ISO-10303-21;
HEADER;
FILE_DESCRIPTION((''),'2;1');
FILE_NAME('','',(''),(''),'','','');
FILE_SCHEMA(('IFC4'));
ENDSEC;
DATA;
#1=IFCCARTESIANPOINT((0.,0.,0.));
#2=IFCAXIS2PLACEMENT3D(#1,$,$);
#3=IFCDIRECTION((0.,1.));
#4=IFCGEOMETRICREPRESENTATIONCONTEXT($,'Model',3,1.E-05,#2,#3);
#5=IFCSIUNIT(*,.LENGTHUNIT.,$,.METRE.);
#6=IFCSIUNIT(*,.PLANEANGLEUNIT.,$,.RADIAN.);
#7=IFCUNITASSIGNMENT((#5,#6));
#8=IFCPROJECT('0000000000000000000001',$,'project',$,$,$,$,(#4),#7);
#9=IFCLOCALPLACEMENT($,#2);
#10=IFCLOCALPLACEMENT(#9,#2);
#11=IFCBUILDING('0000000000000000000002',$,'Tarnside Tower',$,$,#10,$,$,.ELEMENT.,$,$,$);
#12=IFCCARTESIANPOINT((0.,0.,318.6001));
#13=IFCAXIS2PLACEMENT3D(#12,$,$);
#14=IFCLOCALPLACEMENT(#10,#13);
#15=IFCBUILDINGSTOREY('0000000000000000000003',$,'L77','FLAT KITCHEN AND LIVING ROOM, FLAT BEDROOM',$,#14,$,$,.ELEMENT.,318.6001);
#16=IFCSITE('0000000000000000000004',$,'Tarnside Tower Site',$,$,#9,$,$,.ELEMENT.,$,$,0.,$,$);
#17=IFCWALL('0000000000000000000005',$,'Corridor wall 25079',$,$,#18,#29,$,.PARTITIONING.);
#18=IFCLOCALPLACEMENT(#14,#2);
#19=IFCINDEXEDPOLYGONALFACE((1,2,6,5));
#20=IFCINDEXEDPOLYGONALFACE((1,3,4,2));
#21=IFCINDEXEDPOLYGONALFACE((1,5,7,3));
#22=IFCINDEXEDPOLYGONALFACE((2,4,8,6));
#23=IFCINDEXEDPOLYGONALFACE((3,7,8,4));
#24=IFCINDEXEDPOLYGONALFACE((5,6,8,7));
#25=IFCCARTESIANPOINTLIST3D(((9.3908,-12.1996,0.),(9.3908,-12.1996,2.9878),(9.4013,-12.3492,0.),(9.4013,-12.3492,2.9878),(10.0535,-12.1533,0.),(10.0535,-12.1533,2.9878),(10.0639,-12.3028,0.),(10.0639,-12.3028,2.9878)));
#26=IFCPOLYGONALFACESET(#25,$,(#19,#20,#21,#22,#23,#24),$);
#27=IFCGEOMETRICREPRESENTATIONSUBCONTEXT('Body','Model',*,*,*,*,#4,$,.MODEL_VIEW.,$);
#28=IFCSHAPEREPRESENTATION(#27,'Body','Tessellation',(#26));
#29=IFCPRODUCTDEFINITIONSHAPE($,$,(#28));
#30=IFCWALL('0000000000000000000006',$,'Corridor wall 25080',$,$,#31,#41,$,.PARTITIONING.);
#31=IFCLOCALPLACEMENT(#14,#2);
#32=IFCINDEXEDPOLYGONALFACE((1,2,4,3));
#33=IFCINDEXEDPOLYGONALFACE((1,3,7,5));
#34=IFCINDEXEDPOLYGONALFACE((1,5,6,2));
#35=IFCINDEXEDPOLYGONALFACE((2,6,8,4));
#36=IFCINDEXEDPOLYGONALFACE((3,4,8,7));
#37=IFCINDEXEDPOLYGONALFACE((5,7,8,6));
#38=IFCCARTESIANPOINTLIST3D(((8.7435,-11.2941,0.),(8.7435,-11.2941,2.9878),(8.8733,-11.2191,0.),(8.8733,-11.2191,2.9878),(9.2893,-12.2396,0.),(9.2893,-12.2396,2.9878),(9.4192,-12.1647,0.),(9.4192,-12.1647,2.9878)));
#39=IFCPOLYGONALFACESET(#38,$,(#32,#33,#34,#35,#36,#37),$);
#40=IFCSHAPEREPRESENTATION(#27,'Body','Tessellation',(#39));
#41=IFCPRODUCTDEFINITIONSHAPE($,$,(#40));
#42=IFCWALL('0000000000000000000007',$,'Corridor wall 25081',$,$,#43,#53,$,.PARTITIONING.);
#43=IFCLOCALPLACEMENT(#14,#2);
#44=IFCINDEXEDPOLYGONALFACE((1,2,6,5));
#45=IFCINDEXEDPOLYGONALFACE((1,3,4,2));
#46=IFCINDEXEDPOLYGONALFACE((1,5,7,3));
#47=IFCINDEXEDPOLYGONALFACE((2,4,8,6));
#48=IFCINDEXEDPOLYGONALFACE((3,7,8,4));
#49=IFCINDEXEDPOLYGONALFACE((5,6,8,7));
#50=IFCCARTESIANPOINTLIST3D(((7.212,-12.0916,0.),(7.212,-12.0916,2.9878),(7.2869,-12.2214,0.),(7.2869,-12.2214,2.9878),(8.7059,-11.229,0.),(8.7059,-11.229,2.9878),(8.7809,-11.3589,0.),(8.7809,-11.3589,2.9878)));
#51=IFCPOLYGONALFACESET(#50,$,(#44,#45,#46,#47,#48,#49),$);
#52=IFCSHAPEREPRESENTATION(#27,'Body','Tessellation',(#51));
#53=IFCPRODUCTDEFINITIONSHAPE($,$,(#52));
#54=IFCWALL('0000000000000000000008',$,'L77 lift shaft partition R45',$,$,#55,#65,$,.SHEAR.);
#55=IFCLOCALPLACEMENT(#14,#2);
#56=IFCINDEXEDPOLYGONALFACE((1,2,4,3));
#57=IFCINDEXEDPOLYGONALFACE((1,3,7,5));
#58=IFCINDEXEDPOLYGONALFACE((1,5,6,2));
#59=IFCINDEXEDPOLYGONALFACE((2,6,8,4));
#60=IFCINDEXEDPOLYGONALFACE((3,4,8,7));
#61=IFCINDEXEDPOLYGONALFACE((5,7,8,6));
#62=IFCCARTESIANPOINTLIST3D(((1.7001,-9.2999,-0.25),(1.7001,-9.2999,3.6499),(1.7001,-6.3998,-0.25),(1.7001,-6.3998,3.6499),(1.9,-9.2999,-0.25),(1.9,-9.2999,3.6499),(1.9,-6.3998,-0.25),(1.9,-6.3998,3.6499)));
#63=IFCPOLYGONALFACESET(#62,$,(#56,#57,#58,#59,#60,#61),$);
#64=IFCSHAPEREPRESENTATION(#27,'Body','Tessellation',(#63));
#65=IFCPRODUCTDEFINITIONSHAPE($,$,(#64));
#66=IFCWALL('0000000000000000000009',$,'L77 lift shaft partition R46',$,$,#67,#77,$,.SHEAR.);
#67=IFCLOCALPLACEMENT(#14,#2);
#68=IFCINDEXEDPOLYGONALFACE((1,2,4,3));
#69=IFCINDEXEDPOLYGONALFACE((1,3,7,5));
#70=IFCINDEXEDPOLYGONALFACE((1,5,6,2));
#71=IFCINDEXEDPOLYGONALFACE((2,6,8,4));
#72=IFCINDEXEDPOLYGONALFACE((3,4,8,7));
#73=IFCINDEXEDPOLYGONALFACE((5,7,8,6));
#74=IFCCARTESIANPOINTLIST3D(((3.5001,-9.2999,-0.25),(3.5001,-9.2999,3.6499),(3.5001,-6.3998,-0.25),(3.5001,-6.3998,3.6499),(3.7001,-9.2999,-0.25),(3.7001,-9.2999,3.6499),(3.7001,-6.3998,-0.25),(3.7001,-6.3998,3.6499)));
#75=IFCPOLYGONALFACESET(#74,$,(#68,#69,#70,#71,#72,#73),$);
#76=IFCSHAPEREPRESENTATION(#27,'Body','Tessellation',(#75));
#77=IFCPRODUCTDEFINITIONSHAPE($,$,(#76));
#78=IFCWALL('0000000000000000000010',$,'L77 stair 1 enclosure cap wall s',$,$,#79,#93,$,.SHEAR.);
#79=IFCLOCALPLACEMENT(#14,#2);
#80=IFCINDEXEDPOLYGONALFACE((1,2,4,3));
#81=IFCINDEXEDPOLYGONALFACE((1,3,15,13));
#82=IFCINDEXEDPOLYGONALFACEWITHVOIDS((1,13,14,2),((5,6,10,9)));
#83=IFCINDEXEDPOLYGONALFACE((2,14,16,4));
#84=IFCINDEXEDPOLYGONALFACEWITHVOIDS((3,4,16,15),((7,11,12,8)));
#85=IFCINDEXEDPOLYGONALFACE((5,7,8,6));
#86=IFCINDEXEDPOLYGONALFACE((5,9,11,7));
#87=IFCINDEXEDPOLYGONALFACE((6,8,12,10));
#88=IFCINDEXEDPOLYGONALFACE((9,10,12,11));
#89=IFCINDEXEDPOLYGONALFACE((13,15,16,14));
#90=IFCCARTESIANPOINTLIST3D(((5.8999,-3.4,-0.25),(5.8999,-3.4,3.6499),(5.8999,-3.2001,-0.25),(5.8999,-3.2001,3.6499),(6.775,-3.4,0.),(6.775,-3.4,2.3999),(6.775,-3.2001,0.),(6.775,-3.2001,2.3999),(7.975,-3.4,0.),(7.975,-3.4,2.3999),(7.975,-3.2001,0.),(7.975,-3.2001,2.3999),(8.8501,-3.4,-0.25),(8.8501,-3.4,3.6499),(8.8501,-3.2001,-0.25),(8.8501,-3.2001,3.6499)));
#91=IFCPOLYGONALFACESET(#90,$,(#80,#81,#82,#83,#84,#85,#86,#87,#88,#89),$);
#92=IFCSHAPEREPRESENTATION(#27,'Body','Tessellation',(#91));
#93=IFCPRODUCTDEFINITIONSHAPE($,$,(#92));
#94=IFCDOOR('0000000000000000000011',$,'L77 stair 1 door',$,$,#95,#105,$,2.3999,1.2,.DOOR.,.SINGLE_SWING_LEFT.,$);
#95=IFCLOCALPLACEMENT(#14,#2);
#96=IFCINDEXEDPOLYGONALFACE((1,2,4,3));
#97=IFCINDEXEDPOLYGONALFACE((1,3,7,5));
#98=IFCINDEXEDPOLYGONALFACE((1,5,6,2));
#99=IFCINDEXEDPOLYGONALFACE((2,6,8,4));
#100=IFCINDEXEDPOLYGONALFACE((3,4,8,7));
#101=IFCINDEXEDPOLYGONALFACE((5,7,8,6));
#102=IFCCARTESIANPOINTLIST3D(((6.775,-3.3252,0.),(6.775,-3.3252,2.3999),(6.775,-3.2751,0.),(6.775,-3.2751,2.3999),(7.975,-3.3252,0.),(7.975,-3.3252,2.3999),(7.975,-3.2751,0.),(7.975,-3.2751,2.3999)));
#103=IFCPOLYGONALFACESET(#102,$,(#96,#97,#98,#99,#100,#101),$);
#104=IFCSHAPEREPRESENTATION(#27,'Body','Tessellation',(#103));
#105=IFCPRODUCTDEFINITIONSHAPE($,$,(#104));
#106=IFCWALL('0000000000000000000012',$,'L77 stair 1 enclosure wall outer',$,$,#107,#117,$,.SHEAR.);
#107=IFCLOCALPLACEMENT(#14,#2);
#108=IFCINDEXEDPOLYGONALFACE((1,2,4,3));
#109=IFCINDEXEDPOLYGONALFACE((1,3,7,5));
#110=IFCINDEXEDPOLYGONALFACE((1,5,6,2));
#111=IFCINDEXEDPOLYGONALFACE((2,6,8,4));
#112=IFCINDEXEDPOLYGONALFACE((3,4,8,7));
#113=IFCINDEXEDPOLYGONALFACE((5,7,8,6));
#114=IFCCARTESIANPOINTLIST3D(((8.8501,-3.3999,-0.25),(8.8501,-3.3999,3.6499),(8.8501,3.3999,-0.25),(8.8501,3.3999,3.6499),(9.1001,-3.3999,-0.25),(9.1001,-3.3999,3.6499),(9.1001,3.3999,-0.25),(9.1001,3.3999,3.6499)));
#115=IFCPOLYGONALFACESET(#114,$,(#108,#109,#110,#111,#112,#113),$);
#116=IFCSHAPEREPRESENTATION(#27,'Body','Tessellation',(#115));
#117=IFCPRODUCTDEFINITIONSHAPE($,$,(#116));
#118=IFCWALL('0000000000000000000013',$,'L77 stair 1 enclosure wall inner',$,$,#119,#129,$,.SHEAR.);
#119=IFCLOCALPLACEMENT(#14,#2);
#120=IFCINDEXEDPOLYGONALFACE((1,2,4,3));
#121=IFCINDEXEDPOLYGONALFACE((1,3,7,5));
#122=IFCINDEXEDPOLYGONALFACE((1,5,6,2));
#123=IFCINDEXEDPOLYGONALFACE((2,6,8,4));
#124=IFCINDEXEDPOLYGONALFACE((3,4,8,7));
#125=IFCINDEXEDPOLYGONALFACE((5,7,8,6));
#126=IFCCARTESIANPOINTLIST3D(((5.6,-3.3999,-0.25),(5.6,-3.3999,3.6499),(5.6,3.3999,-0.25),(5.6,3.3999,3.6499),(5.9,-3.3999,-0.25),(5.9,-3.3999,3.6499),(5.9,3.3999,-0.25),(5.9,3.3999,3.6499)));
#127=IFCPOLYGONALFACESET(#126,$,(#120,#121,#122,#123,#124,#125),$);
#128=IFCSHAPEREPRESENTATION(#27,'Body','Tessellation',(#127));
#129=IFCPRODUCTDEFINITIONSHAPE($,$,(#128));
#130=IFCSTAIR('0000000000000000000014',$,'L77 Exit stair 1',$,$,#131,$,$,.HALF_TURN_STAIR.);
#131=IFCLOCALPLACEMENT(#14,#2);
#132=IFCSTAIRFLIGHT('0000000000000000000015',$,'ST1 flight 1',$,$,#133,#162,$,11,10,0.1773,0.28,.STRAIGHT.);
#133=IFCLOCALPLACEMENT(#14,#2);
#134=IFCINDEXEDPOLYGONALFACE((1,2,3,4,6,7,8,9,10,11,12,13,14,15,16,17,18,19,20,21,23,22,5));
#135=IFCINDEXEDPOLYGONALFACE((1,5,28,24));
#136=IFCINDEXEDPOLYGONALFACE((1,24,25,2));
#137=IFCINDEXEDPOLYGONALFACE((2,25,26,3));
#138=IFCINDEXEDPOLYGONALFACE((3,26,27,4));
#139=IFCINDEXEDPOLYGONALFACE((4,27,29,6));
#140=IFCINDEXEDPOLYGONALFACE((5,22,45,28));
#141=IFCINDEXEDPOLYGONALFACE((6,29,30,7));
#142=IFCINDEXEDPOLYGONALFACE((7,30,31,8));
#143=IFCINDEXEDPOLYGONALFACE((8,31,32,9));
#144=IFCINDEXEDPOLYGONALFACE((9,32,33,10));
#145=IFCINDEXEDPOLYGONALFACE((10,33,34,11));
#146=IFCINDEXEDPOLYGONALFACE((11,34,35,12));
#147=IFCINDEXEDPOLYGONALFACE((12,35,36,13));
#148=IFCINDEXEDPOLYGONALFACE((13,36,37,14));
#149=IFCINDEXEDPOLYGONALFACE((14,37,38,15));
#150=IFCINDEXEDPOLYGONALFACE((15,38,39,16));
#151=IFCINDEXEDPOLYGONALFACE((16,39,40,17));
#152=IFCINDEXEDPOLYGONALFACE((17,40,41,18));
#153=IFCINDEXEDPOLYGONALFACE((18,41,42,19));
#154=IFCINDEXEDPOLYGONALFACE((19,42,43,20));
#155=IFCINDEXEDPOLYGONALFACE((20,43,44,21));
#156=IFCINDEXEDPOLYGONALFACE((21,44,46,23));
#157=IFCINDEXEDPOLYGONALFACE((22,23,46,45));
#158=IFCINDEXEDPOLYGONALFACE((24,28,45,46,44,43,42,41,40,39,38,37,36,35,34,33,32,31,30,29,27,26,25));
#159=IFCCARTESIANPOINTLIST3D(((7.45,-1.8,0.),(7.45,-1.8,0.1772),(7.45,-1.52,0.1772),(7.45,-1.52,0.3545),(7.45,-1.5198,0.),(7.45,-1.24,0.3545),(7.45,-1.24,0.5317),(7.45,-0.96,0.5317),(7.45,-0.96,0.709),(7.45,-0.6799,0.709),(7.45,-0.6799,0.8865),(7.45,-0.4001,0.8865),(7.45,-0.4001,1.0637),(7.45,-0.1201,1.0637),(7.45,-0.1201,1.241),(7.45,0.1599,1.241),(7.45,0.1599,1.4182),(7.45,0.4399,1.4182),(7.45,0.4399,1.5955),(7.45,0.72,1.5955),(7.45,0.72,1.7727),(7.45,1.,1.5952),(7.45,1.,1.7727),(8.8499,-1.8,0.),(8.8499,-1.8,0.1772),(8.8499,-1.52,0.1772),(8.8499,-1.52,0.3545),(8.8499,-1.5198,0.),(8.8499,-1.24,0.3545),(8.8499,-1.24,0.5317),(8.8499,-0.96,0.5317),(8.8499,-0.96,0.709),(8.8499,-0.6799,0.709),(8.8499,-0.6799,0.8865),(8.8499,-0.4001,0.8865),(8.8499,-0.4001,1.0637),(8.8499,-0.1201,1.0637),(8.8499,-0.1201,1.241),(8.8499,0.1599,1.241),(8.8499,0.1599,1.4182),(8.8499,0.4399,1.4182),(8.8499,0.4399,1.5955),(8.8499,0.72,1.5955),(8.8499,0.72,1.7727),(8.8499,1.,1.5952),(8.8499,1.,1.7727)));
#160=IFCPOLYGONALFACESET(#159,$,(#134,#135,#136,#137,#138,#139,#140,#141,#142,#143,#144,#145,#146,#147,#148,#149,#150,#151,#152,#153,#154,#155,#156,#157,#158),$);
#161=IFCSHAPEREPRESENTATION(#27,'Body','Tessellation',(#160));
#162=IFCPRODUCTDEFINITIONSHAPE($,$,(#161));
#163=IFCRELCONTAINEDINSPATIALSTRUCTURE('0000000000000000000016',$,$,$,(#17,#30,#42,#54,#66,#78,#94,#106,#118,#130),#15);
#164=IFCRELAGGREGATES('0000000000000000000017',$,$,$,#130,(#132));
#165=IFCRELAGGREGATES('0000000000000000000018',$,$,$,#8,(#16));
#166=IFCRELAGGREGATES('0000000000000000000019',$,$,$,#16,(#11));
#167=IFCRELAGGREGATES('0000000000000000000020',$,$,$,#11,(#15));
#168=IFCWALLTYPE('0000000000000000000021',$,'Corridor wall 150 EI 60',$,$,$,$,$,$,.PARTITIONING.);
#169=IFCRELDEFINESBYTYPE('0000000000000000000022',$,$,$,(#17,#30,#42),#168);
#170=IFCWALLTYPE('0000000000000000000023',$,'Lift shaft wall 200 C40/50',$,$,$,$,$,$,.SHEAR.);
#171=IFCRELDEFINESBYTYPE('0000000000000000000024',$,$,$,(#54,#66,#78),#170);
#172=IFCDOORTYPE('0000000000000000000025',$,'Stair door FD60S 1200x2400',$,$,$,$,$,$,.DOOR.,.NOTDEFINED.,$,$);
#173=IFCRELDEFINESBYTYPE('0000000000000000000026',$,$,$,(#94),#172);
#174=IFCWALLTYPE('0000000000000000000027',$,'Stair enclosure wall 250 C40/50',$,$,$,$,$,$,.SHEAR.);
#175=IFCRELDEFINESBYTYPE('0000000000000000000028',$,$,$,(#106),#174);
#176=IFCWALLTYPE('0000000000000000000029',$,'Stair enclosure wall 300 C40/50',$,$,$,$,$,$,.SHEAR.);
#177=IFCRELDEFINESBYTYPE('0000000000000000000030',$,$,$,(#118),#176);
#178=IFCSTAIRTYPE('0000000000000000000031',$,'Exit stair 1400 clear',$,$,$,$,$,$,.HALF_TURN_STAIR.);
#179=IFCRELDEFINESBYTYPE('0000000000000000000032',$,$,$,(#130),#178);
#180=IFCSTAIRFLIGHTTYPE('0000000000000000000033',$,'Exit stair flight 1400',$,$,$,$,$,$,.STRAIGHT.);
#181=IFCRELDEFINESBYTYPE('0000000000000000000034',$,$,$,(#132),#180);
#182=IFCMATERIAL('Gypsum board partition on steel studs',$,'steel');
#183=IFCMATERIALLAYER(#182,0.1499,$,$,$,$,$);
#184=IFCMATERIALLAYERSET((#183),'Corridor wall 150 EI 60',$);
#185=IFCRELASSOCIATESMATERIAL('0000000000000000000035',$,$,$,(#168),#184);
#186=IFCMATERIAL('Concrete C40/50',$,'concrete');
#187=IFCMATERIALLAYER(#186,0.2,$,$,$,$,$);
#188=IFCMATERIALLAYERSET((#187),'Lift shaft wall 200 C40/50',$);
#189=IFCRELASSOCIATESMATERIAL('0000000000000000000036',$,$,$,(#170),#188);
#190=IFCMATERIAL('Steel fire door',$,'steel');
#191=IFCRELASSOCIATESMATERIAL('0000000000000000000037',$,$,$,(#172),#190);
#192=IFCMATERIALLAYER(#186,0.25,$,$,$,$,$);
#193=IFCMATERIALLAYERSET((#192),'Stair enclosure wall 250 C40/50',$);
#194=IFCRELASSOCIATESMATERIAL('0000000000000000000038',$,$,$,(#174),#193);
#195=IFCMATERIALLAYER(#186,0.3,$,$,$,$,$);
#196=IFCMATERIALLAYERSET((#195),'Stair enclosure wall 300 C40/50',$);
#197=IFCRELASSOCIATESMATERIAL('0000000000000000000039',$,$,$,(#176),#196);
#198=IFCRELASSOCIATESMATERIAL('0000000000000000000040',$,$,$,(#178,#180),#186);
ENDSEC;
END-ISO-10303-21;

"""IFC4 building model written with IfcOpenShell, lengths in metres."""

from ifc_helpers import new_model, si_unit, direction, frame, frame_2d, origin, place, context, subcontext, project, spatial, polyline, rectangle, outline, extrude, material, layer, layer_set, type_object, element, fill, aggregate, save


model = new_model("IFC4")

# Units and contexts
model_context = context("Model", 3, precision=1e-05, world=origin(), true_north=direction((0.0, 1.0)))
body_context = subcontext(model_context, "Body", "Model", "MODEL_VIEW")
ifc_project = project(units=[si_unit("LENGTHUNIT", "METRE"), si_unit("PLANEANGLEUNIT", "RADIAN")], contexts=[model_context])

# Site, building, storey
site_placement = place(None, origin())
site = spatial("IfcSite", under=ifc_project, at=site_placement, Name="Tarnside Tower Site", CompositionType="ELEMENT", RefElevation=0.0)
building_placement = place(site_placement, origin())
building = spatial("IfcBuilding", under=site, at=building_placement, Name="Tarnside Tower", CompositionType="ELEMENT")
storey_placement = place(building_placement, frame((0.0, 0.0, 318.6001)))
storey = spatial("IfcBuildingStorey", under=building, at=storey_placement, Name="L77", Description="FLAT KITCHEN AND LIVING ROOM, FLAT BEDROOM", CompositionType="ELEMENT", Elevation=318.6001)

# Shared definitions
ifc_material_1 = material(Name="Concrete C40/50", Category="concrete")
ifc_material_2 = material(Name="Steel fire door", Category="steel")

# Walls
ifc_material_3 = material(Name="Gypsum board partition on steel studs", Category="steel")
ifc_layer_1 = layer(ifc_material_3, 0.1499)
ifc_layer_set_1 = layer_set([ifc_layer_1], Name="Corridor wall 150 EI 60")
wall_type_1 = type_object("IfcWallType", Name="Corridor wall 150 EI 60", PredefinedType="PARTITIONING", material=ifc_layer_set_1)
wall_1_placement = place(storey_placement, frame((10.0586, -12.228, 0.0), z_axis=(0.0, 0.0, 1.0), x_axis=(-0.997558, -0.069836, 0.0)))
element("IfcWall", 1, at=wall_1_placement, inside=storey, type_object=wall_type_1, Name="Corridor wall 25079", PredefinedType="PARTITIONING", context=body_context, shape_type="SweptSolid", body=[
    extrude(rectangle(XDim=0.6643, YDim=0.1499, at=frame_2d((0.332, 0.0))), origin(), (0.0, 0.0, 1.0), 2.9878),
])
wall_2_placement = place(storey_placement, frame((9.3542, -12.2021, 0.0), z_axis=(0.0, 0.0, 1.0), x_axis=(-0.499987, 0.866033, 0.0)))
element("IfcWall", 2, at=wall_2_placement, inside=storey, type_object=wall_type_1, Name="Corridor wall 25080", PredefinedType="PARTITIONING", context=body_context, shape_type="SweptSolid", body=[
    extrude(rectangle(XDim=1.0918, YDim=0.1499, at=frame_2d((0.5459, 0.0))), origin(), (0.0, 0.0, 1.0), 2.9878),
])
wall_3_placement = place(storey_placement, frame((8.7434, -11.2939, 0.0), z_axis=(0.0, 0.0, 1.0), x_axis=(-0.866014, -0.500021, 0.0)))
element("IfcWall", 3, at=wall_3_placement, inside=storey, type_object=wall_type_1, Name="Corridor wall 25081", PredefinedType="PARTITIONING", context=body_context, shape_type="SweptSolid", body=[
    extrude(rectangle(XDim=1.7251, YDim=0.1499, at=frame_2d((0.8625, 0.0))), origin(), (0.0, 0.0, 1.0), 2.9878),
])
ifc_layer_2 = layer(ifc_material_1, 0.2)
ifc_layer_set_2 = layer_set([ifc_layer_2], Name="Lift shaft wall 200 C40/50")
wall_type_2 = type_object("IfcWallType", Name="Lift shaft wall 200 C40/50", PredefinedType="SHEAR", material=ifc_layer_set_2)
for number, where, z_axis, x_axis, name in (
    (4, (1.8, -9.3, -0.25), (0.0, 0.0, 1.0), (0.0, 1.0, 0.0), "L77 lift shaft partition R45"),
    (5, (3.6001, -9.3, -0.25), (0.0, 0.0, 1.0), (0.0, 1.0, 0.0), "L77 lift shaft partition R46"),
):
    element("IfcWall", number, at=place(storey_placement, frame(where, z_axis=z_axis, x_axis=x_axis)), inside=storey, type_object=wall_type_2, Name=name, PredefinedType="SHEAR", context=body_context, shape_type="SweptSolid", body=[
        extrude(rectangle(XDim=2.9001, YDim=0.2, at=frame_2d((1.4502, 0.0))), origin(), (0.0, 0.0, 1.0), 3.8999),
    ])

# Wall, opening, door
wall_4_placement = place(storey_placement, frame((5.8999, -3.3, -0.25), z_axis=(0.0, 0.0, 1.0), x_axis=(1.0, 0.0, 0.0)))
wall_4 = element("IfcWall", 6, at=wall_4_placement, inside=storey, type_object=wall_type_2, Name="L77 stair 1 enclosure cap wall s", PredefinedType="SHEAR", context=body_context, shape_type="SweptSolid", body=[
    extrude(rectangle(XDim=2.9502, YDim=0.2, at=frame_2d((1.4751, 0.0))), origin(), (0.0, 0.0, 1.0), 3.8999),
])
opening_1_placement = place(wall_4_placement, frame((0.875, 0.0, 0.25)))
opening_1 = element("IfcOpeningElement", 7, at=opening_1_placement, cuts=wall_4, PredefinedType="OPENING", context=body_context, shape_type="SweptSolid", body=[
    extrude(rectangle(XDim=1.2, YDim=2.3999, at=frame_2d((0.6001, 1.2))), frame((0.0, 0.1099, 0.0), z_axis=(0.0, -1.0, 0.0), x_axis=(1.0, 0.0, 0.0)), (0.0, 0.0, 1.0), 0.22),
])
door_type_1 = type_object("IfcDoorType", Name="Stair door FD60S 1200x2400", OperationType="NOTDEFINED", PredefinedType="DOOR", material=ifc_material_2)
door_1_placement = place(opening_1_placement, origin())
door_1 = element("IfcDoor", 8, at=door_1_placement, inside=storey, type_object=door_type_1, Name="L77 stair 1 door", OperationType="SINGLE_SWING_LEFT", OverallHeight=2.3999, OverallWidth=1.2, PredefinedType="DOOR", context=body_context, shape_type="SweptSolid", body=[
    extrude(rectangle(XDim=1.2, YDim=2.3999, at=frame_2d((0.6001, 1.2))), frame((0.0, 0.0249, 0.0), z_axis=(0.0, -1.0, 0.0), x_axis=(1.0, 0.0, 0.0)), (0.0, 0.0, 1.0), 0.05),
])
fill(opening_1, door_1)

# Walls
ifc_layer_3 = layer(ifc_material_1, 0.25)
ifc_layer_set_3 = layer_set([ifc_layer_3], Name="Stair enclosure wall 250 C40/50")
wall_type_3 = type_object("IfcWallType", Name="Stair enclosure wall 250 C40/50", PredefinedType="SHEAR", material=ifc_layer_set_3)
wall_5_placement = place(storey_placement, frame((8.9751, -3.3999, -0.25), z_axis=(0.0, 0.0, 1.0), x_axis=(0.0, 1.0, 0.0)))
element("IfcWall", 9, at=wall_5_placement, inside=storey, type_object=wall_type_3, Name="L77 stair 1 enclosure wall outer", PredefinedType="SHEAR", context=body_context, shape_type="SweptSolid", body=[
    extrude(rectangle(XDim=6.7998, YDim=0.25, at=frame_2d((3.3999, 0.0))), origin(), (0.0, 0.0, 1.0), 3.8999),
])
ifc_layer_4 = layer(ifc_material_1, 0.3)
ifc_layer_set_4 = layer_set([ifc_layer_4], Name="Stair enclosure wall 300 C40/50")
wall_type_4 = type_object("IfcWallType", Name="Stair enclosure wall 300 C40/50", PredefinedType="SHEAR", material=ifc_layer_set_4)
wall_6_placement = place(storey_placement, frame((5.75, -3.3999, -0.25), z_axis=(0.0, 0.0, 1.0), x_axis=(0.0, 1.0, 0.0)))
element("IfcWall", 10, at=wall_6_placement, inside=storey, type_object=wall_type_4, Name="L77 stair 1 enclosure wall inner", PredefinedType="SHEAR", context=body_context, shape_type="SweptSolid", body=[
    extrude(rectangle(XDim=6.7998, YDim=0.3, at=frame_2d((3.3999, 0.0))), origin(), (0.0, 0.0, 1.0), 3.8999),
])

# Stair, stair flight
stair_type = type_object("IfcStairType", Name="Exit stair 1400 clear", PredefinedType="HALF_TURN_STAIR", material=ifc_material_1)
stair_placement = place(storey_placement, origin())
stair = element("IfcStair", 11, at=stair_placement, inside=storey, type_object=stair_type, Name="L77 Exit stair 1", PredefinedType="HALF_TURN_STAIR")
stair_flight_type = type_object("IfcStairFlightType", Name="Exit stair flight 1400", PredefinedType="STRAIGHT", material=ifc_material_1)
stair_flight_placement = place(storey_placement, frame((8.1499, -1.8, 0.0), z_axis=(0.0, 0.0, 1.0), x_axis=(0.0, 1.0, 0.0)))
stair_flight = element("IfcStairFlight", 12, at=stair_flight_placement, type_object=stair_flight_type, Name="ST1 flight 1", NumberOfRisers=11, NumberOfTreads=10, PredefinedType="STRAIGHT", RiserHeight=0.1773, TreadLength=0.28, context=body_context, shape_type="SweptSolid", body=[
    extrude(outline(polyline([(0.0, 0.0), (0.0, 0.1772), (0.28, 0.1772), (0.28, 0.3545), (0.5601, 0.3545), (0.5601, 0.5317), (0.8401, 0.5317), (0.8401, 0.709), (1.1201, 0.709), (1.1201, 0.8865), (1.3999, 0.8865), (1.3999, 1.0637), (1.6799, 1.0637), (1.6799, 1.241), (1.96, 1.241), (1.96, 1.4182), (2.24, 1.4182), (2.24, 1.5955), (2.52, 1.5955), (2.52, 1.7727), (2.8, 1.7727), (2.8, 1.95), (2.8, 1.5952), (0.2803, 0.0), (0.0, 0.0)])), frame((0.0, 0.7, 0.0), z_axis=(0.0, -1.0, 0.0), x_axis=(1.0, 0.0, 0.0)), (0.0, 0.0, 1.0), 1.3999),
])
aggregate(stair, [stair_flight])

save(model, "model.ifc")
